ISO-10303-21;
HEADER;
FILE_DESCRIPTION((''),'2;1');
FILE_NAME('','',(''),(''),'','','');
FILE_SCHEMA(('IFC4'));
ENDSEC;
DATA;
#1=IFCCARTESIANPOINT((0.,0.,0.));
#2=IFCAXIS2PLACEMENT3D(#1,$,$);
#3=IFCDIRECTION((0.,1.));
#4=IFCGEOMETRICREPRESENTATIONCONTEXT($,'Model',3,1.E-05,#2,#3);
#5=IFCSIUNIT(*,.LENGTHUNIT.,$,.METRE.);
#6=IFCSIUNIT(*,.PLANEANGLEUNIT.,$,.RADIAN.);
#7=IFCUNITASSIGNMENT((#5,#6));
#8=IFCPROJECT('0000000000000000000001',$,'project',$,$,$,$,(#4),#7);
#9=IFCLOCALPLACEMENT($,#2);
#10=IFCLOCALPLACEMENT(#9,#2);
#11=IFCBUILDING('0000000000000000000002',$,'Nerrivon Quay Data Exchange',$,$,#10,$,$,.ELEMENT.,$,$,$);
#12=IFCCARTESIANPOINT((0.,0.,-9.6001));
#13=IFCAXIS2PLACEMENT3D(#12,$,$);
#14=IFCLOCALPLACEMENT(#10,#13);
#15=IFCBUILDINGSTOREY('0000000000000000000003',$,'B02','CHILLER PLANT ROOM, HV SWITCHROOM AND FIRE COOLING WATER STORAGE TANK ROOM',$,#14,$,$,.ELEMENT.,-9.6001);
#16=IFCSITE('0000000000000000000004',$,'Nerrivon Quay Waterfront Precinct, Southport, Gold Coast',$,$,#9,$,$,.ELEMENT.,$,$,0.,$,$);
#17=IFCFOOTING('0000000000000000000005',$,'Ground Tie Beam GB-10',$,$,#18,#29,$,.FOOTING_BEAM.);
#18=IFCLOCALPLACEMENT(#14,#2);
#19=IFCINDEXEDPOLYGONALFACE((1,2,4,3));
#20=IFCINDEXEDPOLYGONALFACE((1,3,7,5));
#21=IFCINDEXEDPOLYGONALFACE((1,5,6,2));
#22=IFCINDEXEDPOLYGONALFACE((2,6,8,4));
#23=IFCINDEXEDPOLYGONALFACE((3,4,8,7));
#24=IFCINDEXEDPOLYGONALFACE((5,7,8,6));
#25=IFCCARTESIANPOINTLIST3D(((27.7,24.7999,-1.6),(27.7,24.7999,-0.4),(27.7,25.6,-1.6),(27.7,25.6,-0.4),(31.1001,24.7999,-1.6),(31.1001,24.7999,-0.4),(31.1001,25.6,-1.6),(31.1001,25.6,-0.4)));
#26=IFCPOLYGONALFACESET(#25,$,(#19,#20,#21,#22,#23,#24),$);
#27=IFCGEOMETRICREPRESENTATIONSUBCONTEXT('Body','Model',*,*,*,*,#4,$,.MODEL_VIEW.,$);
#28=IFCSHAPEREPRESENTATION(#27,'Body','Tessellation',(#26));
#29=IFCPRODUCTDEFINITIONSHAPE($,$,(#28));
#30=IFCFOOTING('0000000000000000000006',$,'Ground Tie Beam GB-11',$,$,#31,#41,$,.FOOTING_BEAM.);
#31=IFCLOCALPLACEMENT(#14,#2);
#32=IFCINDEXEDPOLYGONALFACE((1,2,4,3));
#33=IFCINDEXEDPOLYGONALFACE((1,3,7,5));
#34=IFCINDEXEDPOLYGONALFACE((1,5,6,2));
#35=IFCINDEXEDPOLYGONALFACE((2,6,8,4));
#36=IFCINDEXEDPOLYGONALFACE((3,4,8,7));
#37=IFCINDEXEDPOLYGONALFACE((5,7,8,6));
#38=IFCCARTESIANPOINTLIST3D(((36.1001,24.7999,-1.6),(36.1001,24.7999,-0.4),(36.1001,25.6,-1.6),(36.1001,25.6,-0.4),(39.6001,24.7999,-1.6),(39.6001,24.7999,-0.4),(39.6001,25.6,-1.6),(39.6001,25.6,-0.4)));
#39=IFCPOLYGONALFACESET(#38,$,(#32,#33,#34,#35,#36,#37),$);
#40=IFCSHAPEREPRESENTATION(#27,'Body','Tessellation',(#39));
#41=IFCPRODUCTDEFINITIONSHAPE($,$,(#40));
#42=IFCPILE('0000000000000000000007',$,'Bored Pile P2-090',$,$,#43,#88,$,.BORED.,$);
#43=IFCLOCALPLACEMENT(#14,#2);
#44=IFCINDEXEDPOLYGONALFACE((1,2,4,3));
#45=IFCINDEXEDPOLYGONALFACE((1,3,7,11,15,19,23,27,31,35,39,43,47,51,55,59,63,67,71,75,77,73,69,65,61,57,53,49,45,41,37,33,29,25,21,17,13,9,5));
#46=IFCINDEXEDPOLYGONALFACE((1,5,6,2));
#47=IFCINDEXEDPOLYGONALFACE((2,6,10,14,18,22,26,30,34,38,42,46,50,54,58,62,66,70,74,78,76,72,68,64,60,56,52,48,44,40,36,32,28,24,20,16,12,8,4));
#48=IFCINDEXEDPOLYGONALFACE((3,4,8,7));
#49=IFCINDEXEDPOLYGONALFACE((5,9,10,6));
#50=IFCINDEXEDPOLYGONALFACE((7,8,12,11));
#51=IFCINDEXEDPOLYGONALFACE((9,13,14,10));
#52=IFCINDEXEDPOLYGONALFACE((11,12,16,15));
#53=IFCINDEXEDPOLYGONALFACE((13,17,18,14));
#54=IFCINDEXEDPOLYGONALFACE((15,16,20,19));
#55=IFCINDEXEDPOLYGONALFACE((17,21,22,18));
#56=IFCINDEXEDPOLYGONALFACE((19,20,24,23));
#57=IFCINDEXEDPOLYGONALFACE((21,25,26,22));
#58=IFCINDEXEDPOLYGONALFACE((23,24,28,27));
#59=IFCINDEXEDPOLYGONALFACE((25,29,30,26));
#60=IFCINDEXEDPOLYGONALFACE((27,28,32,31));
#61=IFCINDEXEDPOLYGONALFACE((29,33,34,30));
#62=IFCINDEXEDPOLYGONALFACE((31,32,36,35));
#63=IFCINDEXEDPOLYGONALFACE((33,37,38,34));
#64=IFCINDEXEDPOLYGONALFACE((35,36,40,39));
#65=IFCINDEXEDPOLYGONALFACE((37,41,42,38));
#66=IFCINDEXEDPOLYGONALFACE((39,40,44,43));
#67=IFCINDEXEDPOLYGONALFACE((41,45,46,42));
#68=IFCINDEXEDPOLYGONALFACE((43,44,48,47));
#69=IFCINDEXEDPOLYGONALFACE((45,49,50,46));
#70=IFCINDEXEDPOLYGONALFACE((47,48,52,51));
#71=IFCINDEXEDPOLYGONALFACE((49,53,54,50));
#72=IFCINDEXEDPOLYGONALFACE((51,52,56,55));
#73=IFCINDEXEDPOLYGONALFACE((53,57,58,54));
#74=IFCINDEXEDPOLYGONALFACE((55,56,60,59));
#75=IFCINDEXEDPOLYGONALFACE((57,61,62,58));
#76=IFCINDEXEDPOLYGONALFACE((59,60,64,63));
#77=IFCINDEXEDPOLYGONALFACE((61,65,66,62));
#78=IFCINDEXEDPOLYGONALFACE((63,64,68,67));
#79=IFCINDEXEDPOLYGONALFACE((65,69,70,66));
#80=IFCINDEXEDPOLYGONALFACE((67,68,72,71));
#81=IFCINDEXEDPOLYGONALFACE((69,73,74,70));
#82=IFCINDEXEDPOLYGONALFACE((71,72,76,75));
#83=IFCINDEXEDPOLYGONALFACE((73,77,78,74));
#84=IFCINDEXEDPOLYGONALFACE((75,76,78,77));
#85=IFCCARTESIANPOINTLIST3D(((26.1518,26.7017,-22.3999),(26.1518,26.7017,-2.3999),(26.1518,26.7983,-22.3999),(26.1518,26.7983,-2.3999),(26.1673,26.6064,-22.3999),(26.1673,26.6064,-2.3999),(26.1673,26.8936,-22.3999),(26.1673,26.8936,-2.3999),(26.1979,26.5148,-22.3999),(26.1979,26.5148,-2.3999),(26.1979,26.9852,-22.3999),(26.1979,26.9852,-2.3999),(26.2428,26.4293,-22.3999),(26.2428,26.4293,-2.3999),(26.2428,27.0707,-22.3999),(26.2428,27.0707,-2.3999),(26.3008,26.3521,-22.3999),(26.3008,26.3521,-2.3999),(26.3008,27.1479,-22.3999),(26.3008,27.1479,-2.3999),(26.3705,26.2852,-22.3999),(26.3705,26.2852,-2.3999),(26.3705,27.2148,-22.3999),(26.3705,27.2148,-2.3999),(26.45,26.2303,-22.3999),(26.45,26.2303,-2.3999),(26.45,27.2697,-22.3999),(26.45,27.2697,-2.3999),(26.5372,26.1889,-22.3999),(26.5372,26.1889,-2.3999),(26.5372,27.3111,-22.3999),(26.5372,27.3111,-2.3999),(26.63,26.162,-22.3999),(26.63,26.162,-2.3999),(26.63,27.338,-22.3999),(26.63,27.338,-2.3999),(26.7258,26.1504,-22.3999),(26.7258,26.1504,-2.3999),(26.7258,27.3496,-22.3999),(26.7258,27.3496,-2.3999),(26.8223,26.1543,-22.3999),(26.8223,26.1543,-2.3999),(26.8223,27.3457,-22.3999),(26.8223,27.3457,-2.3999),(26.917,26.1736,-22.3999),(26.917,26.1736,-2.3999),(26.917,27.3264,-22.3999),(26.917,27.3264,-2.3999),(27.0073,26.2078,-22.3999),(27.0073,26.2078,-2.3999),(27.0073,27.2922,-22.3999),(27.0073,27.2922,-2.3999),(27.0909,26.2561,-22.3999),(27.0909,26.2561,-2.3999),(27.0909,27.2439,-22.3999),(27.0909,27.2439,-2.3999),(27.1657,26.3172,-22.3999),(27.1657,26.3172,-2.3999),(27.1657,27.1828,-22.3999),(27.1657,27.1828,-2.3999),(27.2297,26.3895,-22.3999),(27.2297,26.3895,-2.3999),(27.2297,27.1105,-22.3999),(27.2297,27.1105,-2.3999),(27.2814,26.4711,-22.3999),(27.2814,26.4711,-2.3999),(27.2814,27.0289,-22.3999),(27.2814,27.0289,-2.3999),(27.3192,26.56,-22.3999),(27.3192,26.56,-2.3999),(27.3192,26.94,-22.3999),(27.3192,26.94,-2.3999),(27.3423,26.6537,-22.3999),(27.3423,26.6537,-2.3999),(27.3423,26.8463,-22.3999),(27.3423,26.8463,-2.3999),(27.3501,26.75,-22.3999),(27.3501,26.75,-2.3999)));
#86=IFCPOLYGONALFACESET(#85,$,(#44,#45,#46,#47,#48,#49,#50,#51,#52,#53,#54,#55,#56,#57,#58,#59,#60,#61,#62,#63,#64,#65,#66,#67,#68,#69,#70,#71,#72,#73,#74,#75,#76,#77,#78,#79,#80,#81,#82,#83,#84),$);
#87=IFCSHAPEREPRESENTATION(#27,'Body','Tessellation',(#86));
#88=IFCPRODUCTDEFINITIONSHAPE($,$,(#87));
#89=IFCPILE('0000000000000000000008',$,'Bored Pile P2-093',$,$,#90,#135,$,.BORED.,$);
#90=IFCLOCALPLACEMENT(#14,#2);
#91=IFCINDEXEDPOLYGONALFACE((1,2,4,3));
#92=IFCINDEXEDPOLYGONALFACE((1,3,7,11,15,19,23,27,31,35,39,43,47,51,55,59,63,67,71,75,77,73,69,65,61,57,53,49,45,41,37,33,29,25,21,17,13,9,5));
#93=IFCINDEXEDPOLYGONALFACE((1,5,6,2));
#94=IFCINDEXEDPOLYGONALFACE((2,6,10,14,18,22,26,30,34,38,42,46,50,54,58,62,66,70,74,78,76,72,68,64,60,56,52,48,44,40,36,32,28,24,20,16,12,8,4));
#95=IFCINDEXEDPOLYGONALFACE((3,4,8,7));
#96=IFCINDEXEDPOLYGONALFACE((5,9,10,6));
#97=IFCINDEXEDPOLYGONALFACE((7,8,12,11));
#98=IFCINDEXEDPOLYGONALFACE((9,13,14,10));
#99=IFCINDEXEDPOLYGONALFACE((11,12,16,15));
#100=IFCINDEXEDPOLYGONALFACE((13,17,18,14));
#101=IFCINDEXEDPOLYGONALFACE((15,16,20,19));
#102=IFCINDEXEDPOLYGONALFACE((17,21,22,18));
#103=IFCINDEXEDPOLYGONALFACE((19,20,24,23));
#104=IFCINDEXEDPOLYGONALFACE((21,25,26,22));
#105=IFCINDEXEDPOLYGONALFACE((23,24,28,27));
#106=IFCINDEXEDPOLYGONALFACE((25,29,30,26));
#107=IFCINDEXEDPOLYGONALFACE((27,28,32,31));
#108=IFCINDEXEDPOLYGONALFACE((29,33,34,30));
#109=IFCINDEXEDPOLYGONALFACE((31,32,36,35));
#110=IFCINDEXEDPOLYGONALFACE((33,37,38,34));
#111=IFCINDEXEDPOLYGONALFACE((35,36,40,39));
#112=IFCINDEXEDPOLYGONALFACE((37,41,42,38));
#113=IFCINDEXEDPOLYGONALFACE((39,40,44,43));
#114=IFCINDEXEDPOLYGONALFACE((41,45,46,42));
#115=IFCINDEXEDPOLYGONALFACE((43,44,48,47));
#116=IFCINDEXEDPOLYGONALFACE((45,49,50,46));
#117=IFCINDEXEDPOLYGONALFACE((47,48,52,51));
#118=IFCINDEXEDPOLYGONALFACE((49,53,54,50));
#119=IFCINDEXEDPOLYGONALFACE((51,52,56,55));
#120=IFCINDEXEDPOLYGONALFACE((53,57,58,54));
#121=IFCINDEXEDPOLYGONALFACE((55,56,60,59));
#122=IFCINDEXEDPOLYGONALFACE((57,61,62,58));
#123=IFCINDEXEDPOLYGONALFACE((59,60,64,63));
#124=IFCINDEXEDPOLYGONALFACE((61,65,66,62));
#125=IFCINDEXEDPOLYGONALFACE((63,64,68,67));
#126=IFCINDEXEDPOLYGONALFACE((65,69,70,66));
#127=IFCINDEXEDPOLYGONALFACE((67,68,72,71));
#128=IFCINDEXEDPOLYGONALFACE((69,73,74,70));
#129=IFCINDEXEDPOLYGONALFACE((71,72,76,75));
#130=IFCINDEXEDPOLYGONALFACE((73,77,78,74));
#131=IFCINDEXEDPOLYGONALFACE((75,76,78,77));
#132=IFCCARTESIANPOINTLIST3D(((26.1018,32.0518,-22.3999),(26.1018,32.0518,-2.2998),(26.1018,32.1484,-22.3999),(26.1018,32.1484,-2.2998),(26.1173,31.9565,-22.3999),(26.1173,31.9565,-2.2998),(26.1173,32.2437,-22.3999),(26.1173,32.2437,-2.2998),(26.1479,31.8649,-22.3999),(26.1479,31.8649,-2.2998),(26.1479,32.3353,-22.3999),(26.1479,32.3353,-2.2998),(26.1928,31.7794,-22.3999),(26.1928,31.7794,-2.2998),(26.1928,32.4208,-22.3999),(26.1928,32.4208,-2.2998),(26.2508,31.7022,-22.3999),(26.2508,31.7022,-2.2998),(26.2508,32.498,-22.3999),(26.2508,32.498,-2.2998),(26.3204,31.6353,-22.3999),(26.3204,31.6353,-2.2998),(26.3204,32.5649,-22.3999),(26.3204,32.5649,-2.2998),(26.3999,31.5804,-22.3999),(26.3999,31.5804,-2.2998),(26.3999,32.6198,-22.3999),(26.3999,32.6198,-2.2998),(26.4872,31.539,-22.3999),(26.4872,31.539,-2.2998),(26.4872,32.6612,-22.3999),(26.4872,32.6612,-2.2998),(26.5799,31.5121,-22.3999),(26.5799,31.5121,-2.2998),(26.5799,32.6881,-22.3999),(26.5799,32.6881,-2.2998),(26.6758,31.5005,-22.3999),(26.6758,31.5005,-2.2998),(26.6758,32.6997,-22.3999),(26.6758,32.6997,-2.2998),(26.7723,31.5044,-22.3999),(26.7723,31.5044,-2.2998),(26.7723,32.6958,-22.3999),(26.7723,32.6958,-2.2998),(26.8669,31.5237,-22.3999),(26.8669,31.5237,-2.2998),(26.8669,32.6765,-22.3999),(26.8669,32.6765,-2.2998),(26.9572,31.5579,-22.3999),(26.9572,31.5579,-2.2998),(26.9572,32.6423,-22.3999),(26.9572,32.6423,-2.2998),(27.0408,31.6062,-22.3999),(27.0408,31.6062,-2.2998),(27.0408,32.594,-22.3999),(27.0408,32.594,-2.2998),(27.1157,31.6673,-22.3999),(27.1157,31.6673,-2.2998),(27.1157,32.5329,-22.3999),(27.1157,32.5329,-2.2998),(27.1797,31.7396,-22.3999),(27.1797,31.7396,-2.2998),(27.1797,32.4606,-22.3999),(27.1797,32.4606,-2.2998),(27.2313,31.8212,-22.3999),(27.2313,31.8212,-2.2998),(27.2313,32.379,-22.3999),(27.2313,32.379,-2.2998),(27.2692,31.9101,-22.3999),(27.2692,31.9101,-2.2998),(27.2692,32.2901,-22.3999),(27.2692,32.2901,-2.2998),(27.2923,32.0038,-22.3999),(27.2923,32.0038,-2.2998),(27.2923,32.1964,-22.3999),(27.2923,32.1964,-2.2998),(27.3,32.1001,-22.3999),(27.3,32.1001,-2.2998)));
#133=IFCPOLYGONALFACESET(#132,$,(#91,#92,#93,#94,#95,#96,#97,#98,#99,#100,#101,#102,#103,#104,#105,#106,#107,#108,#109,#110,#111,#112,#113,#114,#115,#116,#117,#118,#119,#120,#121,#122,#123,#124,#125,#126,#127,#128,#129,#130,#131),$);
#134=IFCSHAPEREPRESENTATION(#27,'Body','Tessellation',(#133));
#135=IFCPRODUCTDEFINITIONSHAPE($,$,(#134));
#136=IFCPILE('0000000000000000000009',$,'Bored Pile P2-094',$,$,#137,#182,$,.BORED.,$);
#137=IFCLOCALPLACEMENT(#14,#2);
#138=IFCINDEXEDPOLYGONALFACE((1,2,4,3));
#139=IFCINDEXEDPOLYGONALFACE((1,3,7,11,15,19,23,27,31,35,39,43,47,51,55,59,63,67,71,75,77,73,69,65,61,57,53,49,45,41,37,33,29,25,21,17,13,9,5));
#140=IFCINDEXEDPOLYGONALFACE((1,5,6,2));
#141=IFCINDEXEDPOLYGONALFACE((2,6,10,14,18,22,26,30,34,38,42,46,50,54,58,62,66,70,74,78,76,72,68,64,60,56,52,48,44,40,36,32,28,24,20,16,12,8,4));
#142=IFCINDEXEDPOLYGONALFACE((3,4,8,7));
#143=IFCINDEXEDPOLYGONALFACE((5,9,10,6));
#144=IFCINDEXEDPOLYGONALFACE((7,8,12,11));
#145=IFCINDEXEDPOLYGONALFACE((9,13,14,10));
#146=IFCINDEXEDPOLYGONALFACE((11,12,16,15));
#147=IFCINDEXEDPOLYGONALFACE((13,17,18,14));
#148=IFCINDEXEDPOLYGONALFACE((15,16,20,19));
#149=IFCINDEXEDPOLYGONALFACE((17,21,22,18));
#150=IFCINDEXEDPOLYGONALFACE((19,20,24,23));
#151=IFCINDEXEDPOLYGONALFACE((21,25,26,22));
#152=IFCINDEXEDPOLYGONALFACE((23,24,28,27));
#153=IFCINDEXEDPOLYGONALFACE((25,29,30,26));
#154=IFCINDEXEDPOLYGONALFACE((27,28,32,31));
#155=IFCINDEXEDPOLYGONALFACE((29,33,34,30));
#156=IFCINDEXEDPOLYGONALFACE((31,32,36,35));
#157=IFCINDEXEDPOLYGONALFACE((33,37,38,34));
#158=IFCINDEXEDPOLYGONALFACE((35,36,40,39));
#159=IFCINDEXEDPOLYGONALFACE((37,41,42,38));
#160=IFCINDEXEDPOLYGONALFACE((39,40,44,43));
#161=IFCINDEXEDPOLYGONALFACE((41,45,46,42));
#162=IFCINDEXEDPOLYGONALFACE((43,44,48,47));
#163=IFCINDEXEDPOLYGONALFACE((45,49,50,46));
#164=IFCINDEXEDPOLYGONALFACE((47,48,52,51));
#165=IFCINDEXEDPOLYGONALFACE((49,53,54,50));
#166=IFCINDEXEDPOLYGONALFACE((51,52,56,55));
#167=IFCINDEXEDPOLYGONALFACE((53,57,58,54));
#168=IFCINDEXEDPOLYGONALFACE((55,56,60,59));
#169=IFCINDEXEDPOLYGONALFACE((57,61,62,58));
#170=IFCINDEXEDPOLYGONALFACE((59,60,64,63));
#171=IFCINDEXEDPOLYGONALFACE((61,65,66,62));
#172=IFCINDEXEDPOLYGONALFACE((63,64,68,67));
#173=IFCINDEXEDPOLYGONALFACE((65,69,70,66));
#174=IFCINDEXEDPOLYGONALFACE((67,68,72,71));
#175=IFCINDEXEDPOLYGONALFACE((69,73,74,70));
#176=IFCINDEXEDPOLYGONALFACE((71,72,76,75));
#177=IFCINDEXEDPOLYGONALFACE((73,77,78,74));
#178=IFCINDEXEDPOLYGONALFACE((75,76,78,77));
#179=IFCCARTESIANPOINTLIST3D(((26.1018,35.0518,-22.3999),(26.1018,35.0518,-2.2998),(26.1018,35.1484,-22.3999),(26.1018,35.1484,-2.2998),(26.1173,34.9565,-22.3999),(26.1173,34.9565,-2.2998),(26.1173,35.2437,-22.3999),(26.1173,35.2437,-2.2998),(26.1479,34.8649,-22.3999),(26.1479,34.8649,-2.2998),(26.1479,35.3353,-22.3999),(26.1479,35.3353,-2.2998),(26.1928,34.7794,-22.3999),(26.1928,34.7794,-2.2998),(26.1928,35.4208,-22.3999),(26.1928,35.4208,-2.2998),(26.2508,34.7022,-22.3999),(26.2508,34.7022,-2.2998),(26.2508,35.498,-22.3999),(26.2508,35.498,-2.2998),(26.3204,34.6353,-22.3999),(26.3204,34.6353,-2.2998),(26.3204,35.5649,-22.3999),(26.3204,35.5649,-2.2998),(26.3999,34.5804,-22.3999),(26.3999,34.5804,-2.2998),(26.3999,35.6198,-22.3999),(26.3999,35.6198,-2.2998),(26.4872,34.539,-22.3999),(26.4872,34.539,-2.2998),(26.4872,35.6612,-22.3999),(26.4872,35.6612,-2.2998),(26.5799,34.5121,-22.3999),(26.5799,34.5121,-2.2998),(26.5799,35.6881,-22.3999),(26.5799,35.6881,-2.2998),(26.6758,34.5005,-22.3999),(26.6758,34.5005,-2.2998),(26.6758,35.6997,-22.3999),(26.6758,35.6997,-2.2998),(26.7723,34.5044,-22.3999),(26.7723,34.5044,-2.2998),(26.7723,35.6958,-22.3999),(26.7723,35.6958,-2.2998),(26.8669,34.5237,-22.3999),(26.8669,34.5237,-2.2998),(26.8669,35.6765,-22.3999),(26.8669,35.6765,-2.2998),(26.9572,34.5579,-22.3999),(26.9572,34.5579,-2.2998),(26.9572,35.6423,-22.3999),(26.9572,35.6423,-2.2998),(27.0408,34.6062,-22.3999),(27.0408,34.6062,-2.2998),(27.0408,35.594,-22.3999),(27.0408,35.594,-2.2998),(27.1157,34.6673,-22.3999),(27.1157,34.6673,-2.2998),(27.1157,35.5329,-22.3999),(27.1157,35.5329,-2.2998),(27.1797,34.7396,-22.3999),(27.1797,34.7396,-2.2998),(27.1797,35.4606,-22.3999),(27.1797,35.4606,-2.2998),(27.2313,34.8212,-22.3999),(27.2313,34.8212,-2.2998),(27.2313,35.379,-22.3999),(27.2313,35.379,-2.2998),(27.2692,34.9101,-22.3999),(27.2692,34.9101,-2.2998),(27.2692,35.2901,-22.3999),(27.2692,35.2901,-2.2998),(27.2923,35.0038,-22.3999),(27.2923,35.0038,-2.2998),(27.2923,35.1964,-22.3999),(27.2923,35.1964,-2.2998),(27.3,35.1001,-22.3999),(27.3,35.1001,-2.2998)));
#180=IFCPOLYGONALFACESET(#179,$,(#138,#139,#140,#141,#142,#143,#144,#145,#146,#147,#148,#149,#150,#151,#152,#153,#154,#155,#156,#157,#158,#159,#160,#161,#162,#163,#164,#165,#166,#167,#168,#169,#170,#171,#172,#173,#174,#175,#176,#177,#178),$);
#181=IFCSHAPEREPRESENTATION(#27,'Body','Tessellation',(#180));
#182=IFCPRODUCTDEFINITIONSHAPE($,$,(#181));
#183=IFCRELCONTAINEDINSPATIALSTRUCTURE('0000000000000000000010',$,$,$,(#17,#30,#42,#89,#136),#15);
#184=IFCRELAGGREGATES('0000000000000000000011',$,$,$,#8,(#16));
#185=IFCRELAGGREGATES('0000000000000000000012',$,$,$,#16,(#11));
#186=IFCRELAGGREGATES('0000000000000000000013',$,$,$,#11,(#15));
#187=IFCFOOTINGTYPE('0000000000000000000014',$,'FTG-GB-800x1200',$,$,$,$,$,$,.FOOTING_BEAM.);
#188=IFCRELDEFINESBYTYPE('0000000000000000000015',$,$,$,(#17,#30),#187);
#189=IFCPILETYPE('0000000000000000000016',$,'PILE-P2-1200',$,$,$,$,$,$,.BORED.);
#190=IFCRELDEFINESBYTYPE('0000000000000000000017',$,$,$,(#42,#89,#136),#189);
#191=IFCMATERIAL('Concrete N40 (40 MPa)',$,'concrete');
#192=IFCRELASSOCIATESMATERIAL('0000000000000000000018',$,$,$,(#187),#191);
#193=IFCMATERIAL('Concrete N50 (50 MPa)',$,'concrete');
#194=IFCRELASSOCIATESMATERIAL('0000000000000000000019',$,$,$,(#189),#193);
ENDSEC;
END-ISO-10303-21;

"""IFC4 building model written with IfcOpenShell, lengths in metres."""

from ifc_helpers import new_model, si_unit, direction, frame, origin, origin_2d, place, context, subcontext, project, spatial, rectangle, circle, extrude, material, material_profile, profile_set, type_object, element, save


model = new_model("IFC4")

# Units and contexts
model_context = context("Model", 3, precision=1e-05, world=origin(), true_north=direction((0.0, 1.0)))
body_context = subcontext(model_context, "Body", "Model", "MODEL_VIEW")
ifc_project = project(units=[si_unit("LENGTHUNIT", "METRE"), si_unit("PLANEANGLEUNIT", "RADIAN")], contexts=[model_context])

# Site, building, storey
site_placement = place(None, origin())
site = spatial("IfcSite", under=ifc_project, at=site_placement, Name="Nerrivon Quay Waterfront Precinct, Southport, Gold Coast", CompositionType="ELEMENT", RefElevation=0.0)
building_placement = place(site_placement, origin())
building = spatial("IfcBuilding", under=site, at=building_placement, Name="Nerrivon Quay Data Exchange", CompositionType="ELEMENT")
storey_placement = place(building_placement, frame((0.0, 0.0, -9.6001)))
storey = spatial("IfcBuildingStorey", under=building, at=storey_placement, Name="B02", Description="CHILLER PLANT ROOM, HV SWITCHROOM AND FIRE COOLING WATER STORAGE TANK ROOM", CompositionType="ELEMENT", Elevation=-9.6001)

# Footings
ifc_material_1 = material(Name="Concrete N40 (40 MPa)", Category="concrete")
ifc_material_profile_1 = material_profile(ifc_material_1, rectangle(XDim=0.8, YDim=1.2, at=origin_2d()), Name="RC-GB-800x1200")
ifc_profile_set_1 = profile_set([ifc_material_profile_1], Name="Concrete N40 (40 MPa)")
footing_type = type_object("IfcFootingType", Name="FTG-GB-800x1200", PredefinedType="FOOTING_BEAM", material=ifc_profile_set_1)
footing_1_placement = place(storey_placement, frame((27.7, 25.2, -1.0), z_axis=(1.0, 0.0, 0.0), x_axis=(0.0, 1.0, 0.0)))
element("IfcFooting", 1, at=footing_1_placement, inside=storey, type_object=footing_type, Name="Ground Tie Beam GB-10", PredefinedType="FOOTING_BEAM", context=body_context, shape_type="SweptSolid", body=[
    extrude(rectangle(XDim=0.8, YDim=1.2, at=origin_2d()), origin(), (0.0, 0.0, 1.0), 3.4001),
])
footing_2_placement = place(storey_placement, frame((36.1001, 25.2, -1.0), z_axis=(1.0, 0.0, 0.0), x_axis=(0.0, 1.0, 0.0)))
element("IfcFooting", 2, at=footing_2_placement, inside=storey, type_object=footing_type, Name="Ground Tie Beam GB-11", PredefinedType="FOOTING_BEAM", context=body_context, shape_type="SweptSolid", body=[
    extrude(rectangle(XDim=0.8, YDim=1.2, at=origin_2d()), origin(), (0.0, 0.0, 1.0), 3.5),
])

# Piles
ifc_material_2 = material(Name="Concrete N50 (50 MPa)", Category="concrete")
ifc_material_profile_2 = material_profile(ifc_material_2, circle(Radius=0.6001, at=origin_2d()), Name="PILE-1200")
ifc_profile_set_2 = profile_set([ifc_material_profile_2], Name="Concrete N50 (50 MPa)")
pile_type = type_object("IfcPileType", Name="PILE-P2-1200", PredefinedType="BORED", material=ifc_profile_set_2)
pile_placement = place(storey_placement, frame((26.75, 26.75, -2.3999), z_axis=(0.0, 0.0, -1.0), x_axis=(1.0, 0.0, 0.0)))
element("IfcPile", 3, at=pile_placement, inside=storey, type_object=pile_type, Name="Bored Pile P2-090", PredefinedType="BORED", context=body_context, shape_type="SweptSolid", body=[
    extrude(circle(Radius=0.6001, at=origin_2d()), origin(), (0.0, 0.0, 1.0), 20.0),
])
for number, where, z_axis, x_axis, name in (
    (4, (26.7, 32.1001, -2.2998), (0.0, 0.0, -1.0), (1.0, 0.0, 0.0), "Bored Pile P2-093"),
    (5, (26.7, 35.1001, -2.2998), (0.0, 0.0, -1.0), (1.0, 0.0, 0.0), "Bored Pile P2-094"),
):
    element("IfcPile", number, at=place(storey_placement, frame(where, z_axis=z_axis, x_axis=x_axis)), inside=storey, type_object=pile_type, Name=name, PredefinedType="BORED", context=body_context, shape_type="SweptSolid", body=[
        extrude(circle(Radius=0.6001, at=origin_2d()), origin(), (0.0, 0.0, 1.0), 20.1001),
    ])

save(model, "model.ifc")
